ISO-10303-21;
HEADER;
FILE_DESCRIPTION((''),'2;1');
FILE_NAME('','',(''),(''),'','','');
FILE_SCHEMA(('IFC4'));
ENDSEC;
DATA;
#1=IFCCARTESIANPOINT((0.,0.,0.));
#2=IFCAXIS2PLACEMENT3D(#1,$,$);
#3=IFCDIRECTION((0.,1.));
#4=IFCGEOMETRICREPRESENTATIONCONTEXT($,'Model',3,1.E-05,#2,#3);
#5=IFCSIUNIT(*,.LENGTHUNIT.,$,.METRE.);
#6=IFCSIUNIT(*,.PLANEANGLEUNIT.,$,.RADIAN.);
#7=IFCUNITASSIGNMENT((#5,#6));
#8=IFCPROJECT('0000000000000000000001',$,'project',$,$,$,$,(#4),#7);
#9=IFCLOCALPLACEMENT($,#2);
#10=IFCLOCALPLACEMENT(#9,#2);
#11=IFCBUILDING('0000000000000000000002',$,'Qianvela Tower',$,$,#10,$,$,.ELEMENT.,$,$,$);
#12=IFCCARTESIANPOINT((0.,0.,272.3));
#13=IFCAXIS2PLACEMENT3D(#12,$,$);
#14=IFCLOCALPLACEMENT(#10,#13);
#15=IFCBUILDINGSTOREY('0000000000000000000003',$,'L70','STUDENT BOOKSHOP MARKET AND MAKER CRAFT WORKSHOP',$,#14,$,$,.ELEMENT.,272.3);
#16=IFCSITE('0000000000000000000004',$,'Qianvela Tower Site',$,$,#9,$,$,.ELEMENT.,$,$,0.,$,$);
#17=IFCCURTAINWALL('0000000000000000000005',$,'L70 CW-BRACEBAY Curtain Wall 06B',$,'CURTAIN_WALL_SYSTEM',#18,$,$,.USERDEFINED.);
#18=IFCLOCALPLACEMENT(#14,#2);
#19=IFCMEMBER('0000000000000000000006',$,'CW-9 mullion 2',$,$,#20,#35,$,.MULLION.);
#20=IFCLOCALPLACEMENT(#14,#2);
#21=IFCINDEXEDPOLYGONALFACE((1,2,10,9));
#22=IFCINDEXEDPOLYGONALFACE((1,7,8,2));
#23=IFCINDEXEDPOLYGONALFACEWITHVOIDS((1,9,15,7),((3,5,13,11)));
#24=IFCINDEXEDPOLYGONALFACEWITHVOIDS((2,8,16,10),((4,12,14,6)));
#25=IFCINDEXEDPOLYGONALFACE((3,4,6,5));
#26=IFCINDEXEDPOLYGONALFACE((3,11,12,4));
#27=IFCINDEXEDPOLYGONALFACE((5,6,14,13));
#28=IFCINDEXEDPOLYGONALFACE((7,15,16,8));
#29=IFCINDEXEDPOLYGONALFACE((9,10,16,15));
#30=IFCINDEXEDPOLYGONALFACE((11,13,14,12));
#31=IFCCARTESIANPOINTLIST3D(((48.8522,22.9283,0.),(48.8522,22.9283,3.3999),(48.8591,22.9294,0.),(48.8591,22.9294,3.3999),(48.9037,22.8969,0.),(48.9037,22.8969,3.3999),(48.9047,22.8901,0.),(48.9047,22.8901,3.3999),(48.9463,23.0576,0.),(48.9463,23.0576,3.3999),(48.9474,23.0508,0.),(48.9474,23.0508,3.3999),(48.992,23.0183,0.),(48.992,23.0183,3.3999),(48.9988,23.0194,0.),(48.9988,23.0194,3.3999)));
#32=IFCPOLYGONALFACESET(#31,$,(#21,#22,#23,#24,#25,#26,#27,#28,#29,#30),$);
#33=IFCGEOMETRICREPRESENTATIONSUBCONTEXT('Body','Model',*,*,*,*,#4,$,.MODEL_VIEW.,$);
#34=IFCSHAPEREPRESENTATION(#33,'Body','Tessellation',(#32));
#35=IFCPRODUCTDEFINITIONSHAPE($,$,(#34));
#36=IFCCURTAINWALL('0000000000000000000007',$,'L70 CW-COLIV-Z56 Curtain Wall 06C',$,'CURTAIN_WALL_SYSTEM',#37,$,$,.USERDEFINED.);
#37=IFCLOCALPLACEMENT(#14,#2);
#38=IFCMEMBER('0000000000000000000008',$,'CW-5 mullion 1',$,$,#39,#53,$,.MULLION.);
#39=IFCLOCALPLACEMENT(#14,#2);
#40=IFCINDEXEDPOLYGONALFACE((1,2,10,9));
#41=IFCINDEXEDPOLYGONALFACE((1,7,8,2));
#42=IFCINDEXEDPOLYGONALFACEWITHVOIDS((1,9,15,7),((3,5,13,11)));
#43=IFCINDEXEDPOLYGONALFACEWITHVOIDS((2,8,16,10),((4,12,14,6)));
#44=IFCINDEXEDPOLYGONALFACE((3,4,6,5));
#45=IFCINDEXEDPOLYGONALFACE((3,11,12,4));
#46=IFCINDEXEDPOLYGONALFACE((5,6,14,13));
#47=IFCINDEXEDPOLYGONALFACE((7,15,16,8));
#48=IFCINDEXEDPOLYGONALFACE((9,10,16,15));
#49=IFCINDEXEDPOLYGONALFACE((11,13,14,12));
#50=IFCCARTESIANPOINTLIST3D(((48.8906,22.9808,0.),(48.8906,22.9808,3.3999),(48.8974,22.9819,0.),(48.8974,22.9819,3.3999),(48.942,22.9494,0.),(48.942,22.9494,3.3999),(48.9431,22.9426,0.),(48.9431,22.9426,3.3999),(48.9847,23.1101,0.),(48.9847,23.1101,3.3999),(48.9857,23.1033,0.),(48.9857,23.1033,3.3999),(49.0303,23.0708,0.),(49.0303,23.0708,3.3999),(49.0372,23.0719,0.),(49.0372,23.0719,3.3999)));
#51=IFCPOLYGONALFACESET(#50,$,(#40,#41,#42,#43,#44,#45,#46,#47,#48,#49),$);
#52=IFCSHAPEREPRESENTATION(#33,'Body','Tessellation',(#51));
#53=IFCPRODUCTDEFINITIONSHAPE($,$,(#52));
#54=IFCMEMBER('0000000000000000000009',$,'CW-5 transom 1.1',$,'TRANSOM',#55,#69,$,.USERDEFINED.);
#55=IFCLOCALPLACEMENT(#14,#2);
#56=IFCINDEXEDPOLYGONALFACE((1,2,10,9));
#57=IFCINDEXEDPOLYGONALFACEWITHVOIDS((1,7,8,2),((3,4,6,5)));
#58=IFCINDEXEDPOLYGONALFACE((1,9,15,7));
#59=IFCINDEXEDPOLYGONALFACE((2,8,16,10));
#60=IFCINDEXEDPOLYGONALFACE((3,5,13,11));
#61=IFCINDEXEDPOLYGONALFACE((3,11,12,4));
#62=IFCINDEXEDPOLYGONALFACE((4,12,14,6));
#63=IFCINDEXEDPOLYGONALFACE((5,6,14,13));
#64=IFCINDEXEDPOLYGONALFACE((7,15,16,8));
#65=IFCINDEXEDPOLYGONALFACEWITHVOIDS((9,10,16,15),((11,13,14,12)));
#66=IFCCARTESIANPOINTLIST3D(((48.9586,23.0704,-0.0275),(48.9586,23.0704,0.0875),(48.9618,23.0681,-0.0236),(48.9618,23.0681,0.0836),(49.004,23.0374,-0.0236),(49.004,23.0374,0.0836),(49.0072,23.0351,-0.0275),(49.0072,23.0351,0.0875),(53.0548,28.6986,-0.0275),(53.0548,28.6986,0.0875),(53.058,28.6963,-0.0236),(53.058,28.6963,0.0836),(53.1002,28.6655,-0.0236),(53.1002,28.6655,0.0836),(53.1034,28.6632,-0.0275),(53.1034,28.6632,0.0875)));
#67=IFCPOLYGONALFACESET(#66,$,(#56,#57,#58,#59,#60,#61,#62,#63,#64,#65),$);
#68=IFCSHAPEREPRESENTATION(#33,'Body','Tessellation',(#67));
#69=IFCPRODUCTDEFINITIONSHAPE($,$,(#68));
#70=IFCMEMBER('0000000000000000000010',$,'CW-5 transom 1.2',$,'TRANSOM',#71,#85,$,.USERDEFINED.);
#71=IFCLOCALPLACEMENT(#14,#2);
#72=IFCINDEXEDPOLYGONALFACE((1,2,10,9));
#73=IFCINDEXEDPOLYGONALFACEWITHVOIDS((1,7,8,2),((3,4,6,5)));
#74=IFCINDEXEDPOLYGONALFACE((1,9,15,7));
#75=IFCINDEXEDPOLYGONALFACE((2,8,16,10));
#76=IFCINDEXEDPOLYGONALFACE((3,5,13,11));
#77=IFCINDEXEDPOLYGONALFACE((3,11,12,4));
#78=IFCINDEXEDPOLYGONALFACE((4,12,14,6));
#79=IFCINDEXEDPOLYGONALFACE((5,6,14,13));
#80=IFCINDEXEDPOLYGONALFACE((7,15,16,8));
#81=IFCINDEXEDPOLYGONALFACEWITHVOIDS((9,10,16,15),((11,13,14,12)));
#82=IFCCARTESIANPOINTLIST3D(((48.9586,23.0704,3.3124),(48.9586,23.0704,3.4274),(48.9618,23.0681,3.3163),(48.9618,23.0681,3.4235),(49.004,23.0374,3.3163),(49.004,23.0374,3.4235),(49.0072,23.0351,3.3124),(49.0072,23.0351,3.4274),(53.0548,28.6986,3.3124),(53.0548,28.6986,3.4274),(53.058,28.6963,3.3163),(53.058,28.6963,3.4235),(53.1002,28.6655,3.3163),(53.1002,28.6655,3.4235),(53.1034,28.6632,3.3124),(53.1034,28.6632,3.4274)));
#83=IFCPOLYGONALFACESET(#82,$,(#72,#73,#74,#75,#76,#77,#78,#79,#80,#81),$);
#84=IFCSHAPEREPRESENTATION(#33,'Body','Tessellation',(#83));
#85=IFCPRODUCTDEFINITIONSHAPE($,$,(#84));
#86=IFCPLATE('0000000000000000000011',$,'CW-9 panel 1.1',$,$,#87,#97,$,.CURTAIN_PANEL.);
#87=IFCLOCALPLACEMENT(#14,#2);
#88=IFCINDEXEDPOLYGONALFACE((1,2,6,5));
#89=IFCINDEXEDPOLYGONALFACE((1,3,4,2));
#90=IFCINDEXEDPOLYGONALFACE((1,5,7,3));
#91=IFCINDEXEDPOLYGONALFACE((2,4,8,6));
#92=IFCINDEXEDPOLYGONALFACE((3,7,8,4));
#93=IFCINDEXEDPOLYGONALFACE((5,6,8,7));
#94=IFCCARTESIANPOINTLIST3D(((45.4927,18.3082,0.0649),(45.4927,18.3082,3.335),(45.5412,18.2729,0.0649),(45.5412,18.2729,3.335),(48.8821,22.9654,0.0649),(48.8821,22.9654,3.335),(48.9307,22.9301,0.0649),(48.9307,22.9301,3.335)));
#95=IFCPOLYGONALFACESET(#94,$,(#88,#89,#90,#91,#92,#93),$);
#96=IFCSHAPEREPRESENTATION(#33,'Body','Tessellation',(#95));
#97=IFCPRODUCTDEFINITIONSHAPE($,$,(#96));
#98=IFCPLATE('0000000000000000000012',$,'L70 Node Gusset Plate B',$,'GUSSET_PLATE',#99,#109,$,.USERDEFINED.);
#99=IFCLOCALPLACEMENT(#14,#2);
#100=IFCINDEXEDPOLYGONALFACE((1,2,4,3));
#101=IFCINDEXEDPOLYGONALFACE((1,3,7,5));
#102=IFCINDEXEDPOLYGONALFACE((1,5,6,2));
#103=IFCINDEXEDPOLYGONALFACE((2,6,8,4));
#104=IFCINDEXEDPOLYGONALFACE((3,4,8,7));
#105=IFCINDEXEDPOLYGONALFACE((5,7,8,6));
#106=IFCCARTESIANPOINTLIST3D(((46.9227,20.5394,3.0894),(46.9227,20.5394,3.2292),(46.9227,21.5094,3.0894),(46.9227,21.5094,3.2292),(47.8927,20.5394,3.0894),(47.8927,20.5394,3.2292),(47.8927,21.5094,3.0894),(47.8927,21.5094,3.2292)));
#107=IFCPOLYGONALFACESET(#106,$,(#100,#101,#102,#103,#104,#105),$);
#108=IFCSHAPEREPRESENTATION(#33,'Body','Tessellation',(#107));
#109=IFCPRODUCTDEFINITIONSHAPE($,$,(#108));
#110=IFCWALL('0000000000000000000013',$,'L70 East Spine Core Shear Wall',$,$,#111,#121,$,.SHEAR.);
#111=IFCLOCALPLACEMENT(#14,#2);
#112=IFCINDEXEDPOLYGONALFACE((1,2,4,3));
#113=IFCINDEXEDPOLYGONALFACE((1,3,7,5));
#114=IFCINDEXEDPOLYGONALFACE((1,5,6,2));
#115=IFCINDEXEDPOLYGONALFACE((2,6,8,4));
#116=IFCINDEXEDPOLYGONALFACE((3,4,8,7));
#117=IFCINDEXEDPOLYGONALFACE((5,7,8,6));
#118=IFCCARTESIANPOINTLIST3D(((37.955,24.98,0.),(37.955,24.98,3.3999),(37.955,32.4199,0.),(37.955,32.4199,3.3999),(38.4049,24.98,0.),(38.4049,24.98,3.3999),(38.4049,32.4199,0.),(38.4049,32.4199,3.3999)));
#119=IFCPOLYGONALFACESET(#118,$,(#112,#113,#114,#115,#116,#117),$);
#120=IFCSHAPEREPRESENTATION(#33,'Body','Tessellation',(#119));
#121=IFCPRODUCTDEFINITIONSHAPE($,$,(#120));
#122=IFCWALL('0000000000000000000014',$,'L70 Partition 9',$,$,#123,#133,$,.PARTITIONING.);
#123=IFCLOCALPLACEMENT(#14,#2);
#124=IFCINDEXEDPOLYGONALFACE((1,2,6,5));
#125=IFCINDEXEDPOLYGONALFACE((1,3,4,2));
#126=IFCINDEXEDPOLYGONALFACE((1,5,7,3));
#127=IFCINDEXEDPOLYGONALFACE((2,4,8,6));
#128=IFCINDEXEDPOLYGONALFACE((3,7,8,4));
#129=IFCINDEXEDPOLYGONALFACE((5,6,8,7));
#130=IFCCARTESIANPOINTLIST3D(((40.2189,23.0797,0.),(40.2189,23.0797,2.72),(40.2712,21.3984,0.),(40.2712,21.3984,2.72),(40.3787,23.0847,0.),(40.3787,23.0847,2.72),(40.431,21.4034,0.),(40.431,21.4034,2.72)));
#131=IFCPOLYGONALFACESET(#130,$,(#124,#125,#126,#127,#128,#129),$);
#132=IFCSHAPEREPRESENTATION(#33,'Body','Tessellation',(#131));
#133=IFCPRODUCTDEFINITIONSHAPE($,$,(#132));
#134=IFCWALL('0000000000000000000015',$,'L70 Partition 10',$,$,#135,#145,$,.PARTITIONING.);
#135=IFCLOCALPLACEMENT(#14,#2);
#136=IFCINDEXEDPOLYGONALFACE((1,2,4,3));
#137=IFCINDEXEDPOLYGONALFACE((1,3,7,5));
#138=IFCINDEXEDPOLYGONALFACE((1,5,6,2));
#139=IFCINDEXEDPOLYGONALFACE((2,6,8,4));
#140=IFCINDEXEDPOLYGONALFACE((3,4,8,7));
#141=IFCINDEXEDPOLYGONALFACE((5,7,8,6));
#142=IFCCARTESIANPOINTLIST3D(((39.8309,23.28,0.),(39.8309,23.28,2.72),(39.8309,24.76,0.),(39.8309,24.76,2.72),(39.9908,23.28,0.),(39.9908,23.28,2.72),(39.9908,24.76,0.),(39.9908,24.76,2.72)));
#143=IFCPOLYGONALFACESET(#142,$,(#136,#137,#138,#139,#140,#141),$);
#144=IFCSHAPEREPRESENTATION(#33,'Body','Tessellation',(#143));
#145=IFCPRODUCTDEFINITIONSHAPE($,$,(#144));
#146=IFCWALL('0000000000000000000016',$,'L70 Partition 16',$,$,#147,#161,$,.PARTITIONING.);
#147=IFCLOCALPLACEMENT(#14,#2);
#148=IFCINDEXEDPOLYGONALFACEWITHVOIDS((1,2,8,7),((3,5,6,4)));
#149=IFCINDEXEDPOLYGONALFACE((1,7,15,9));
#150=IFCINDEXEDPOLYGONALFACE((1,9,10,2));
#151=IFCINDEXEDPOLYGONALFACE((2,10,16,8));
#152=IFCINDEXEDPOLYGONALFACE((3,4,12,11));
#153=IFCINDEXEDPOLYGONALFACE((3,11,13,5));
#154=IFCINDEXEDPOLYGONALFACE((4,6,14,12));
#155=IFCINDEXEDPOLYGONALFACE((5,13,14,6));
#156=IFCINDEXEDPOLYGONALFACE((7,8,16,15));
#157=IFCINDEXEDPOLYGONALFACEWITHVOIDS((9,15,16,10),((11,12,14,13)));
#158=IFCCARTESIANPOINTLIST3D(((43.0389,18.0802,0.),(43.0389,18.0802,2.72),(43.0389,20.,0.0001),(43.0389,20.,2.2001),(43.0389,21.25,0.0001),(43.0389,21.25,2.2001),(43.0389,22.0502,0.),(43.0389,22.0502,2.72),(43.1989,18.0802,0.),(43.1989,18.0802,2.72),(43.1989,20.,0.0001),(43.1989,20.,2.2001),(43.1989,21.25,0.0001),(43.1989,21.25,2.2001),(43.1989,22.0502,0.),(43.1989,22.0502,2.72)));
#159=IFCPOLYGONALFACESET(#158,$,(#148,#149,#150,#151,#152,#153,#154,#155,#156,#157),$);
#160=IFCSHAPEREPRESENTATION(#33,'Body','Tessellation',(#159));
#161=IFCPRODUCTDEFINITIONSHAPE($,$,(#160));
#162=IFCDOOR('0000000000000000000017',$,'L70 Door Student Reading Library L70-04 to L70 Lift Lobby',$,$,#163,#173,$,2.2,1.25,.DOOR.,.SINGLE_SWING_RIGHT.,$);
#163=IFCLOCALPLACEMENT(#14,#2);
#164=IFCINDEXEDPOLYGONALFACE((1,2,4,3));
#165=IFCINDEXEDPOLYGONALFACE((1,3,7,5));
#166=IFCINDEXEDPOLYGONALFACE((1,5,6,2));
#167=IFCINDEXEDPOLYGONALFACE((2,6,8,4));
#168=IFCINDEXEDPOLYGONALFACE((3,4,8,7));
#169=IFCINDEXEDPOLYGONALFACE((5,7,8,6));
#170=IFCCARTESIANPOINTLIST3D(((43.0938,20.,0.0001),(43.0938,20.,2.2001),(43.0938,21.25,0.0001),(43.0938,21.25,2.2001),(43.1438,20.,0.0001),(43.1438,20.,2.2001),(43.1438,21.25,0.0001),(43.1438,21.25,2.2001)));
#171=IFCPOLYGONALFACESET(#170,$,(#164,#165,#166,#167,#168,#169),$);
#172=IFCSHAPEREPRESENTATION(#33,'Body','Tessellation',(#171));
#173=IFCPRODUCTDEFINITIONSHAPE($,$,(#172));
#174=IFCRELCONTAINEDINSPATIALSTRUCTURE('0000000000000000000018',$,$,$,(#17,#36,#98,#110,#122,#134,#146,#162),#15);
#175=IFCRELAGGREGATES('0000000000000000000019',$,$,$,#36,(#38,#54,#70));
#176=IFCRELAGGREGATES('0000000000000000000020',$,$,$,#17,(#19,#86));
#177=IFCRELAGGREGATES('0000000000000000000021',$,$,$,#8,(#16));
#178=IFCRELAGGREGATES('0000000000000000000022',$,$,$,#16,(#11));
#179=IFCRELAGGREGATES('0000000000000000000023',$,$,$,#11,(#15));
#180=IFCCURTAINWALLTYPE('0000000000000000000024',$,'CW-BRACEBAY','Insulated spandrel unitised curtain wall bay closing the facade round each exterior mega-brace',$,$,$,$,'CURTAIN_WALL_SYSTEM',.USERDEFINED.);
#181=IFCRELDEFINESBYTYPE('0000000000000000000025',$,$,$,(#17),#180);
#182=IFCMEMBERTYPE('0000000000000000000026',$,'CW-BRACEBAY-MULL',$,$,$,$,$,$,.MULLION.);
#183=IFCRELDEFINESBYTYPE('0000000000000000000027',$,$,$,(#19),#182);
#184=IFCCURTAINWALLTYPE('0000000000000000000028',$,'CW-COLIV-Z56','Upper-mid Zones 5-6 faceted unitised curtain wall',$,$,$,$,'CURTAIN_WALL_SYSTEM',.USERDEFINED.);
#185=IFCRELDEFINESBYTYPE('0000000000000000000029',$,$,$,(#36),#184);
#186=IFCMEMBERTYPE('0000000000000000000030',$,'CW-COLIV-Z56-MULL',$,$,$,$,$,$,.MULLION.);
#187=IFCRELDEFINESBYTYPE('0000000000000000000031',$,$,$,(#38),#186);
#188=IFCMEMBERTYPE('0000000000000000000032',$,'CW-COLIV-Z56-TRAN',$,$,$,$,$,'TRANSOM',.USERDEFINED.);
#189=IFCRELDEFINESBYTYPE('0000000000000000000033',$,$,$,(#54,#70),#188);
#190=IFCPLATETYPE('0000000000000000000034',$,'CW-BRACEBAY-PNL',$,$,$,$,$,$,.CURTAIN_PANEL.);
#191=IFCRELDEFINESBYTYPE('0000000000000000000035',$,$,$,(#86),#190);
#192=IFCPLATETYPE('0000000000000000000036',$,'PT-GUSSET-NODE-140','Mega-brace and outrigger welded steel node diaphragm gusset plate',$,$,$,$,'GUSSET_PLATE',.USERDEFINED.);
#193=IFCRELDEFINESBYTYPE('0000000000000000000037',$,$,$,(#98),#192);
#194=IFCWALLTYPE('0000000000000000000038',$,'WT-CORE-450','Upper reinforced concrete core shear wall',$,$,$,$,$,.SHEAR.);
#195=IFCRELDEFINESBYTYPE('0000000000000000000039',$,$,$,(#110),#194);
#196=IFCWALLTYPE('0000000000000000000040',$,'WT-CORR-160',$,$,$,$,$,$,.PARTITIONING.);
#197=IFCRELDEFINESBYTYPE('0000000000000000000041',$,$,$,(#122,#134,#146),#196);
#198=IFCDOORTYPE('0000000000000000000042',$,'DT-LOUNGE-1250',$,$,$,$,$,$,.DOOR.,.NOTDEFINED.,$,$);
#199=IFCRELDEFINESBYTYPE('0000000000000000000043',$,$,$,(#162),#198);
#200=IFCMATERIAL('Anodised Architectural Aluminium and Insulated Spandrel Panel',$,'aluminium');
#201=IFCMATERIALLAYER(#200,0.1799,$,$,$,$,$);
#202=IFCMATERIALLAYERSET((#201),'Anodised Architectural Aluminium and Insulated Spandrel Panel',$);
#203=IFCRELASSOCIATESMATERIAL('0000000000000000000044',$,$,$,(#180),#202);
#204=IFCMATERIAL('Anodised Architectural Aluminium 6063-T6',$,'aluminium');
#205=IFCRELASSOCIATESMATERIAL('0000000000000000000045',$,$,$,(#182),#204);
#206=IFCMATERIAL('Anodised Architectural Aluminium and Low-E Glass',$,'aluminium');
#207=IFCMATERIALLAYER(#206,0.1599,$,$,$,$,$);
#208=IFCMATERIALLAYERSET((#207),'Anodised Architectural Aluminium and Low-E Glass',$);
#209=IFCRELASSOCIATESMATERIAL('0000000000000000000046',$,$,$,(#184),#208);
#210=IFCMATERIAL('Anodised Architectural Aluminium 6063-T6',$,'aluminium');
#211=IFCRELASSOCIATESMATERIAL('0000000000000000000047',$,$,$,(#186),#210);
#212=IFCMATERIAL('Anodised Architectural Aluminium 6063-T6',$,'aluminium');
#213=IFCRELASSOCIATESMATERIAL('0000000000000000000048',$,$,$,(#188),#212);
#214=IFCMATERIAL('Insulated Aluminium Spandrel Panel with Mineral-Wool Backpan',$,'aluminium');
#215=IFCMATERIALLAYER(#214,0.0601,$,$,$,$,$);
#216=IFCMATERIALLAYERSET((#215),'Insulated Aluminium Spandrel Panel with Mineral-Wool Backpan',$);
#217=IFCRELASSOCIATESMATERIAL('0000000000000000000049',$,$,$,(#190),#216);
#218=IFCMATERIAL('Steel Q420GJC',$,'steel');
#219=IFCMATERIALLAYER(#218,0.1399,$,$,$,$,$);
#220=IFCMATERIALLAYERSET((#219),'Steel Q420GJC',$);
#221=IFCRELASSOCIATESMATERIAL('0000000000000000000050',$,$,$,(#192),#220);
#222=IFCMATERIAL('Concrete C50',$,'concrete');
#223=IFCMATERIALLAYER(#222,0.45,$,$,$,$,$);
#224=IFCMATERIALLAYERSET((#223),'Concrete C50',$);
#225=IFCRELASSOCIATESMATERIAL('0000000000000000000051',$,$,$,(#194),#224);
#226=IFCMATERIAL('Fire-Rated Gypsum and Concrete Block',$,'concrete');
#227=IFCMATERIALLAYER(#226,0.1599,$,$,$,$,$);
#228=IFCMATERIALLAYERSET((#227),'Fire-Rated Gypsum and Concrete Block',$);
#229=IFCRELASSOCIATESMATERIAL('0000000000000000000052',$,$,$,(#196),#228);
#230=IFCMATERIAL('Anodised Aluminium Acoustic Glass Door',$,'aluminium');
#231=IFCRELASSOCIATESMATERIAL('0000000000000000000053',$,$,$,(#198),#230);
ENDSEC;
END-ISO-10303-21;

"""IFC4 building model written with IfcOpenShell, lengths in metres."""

from ifc_helpers import new_model, si_unit, direction, frame, frame_2d, origin, origin_2d, place, context, subcontext, project, spatial, rectangle, hollow_rectangle, extrude, material, layer, layer_set, material_profile, profile_set, type_object, element, fill, aggregate, save


model = new_model("IFC4")

# Units and contexts
model_context = context("Model", 3, precision=1e-05, world=origin(), true_north=direction((0.0, 1.0)))
body_context = subcontext(model_context, "Body", "Model", "MODEL_VIEW")
ifc_project = project(units=[si_unit("LENGTHUNIT", "METRE"), si_unit("PLANEANGLEUNIT", "RADIAN")], contexts=[model_context])

# Site, building, storey
site_placement = place(None, origin())
site = spatial("IfcSite", under=ifc_project, at=site_placement, Name="Qianvela Tower Site", CompositionType="ELEMENT", RefElevation=0.0)
building_placement = place(site_placement, origin())
building = spatial("IfcBuilding", under=site, at=building_placement, Name="Qianvela Tower", CompositionType="ELEMENT")
storey_placement = place(building_placement, frame((0.0, 0.0, 272.3)))
storey = spatial("IfcBuildingStorey", under=building, at=storey_placement, Name="L70", Description="STUDENT BOOKSHOP MARKET AND MAKER CRAFT WORKSHOP", CompositionType="ELEMENT", Elevation=272.3)

# Curtain wall, member
ifc_material_1 = material(Name="Anodised Architectural Aluminium and Insulated Spandrel Panel", Category="aluminium")
ifc_layer_1 = layer(ifc_material_1, 0.1799)
ifc_layer_set_1 = layer_set([ifc_layer_1], Name="Anodised Architectural Aluminium and Insulated Spandrel Panel")
curtain_wall_type_1 = type_object("IfcCurtainWallType", Name="CW-BRACEBAY", Description="Insulated spandrel unitised curtain wall bay closing the facade round each exterior mega-brace", ElementType="CURTAIN_WALL_SYSTEM", PredefinedType="USERDEFINED", material=ifc_layer_set_1)
curtain_wall_1_placement = place(storey_placement, origin())
curtain_wall_1 = element("IfcCurtainWall", 1, at=curtain_wall_1_placement, inside=storey, type_object=curtain_wall_type_1, Name="L70 CW-BRACEBAY Curtain Wall 06B", ObjectType="CURTAIN_WALL_SYSTEM", PredefinedType="USERDEFINED")
ifc_material_2 = material(Name="Anodised Architectural Aluminium 6063-T6", Category="aluminium")
ifc_material_profile_1 = material_profile(ifc_material_2, hollow_rectangle(XDim=0.0649, YDim=0.1599, WallThickness=0.0049, at=origin_2d()), Name="ALU-MULL-65x160")
ifc_profile_set_1 = profile_set([ifc_material_profile_1], Name="Anodised Architectural Aluminium 6063-T6")
member_type_1 = type_object("IfcMemberType", Name="CW-BRACEBAY-MULL", PredefinedType="MULLION", material=ifc_profile_set_1)
member_1_placement = place(storey_placement, frame((48.9255, 22.9739, 0.0), z_axis=(0.0, 0.0, 1.0), x_axis=(-0.808541, 0.588439, 0.0)))
member_1 = element("IfcMember", 2, at=member_1_placement, type_object=member_type_1, Name="CW-9 mullion 2", PredefinedType="MULLION", context=body_context, shape_type="SweptSolid", body=[
    extrude(hollow_rectangle(XDim=0.0649, YDim=0.1599, WallThickness=0.0049, at=origin_2d()), origin(), (0.0, 0.0, 1.0), 3.3999),
])

# Curtain wall, members
ifc_material_3 = material(Name="Anodised Architectural Aluminium and Low-E Glass", Category="aluminium")
ifc_layer_2 = layer(ifc_material_3, 0.1599)
ifc_layer_set_2 = layer_set([ifc_layer_2], Name="Anodised Architectural Aluminium and Low-E Glass")
curtain_wall_type_2 = type_object("IfcCurtainWallType", Name="CW-COLIV-Z56", Description="Upper-mid Zones 5-6 faceted unitised curtain wall", ElementType="CURTAIN_WALL_SYSTEM", PredefinedType="USERDEFINED", material=ifc_layer_set_2)
curtain_wall_2_placement = place(storey_placement, origin())
curtain_wall_2 = element("IfcCurtainWall", 3, at=curtain_wall_2_placement, inside=storey, type_object=curtain_wall_type_2, Name="L70 CW-COLIV-Z56 Curtain Wall 06C", ObjectType="CURTAIN_WALL_SYSTEM", PredefinedType="USERDEFINED")
ifc_material_4 = material(Name="Anodised Architectural Aluminium 6063-T6", Category="aluminium")
ifc_material_profile_2 = material_profile(ifc_material_4, hollow_rectangle(XDim=0.0649, YDim=0.1599, WallThickness=0.0049, at=origin_2d()), Name="ALU-MULL-65x160")
ifc_profile_set_2 = profile_set([ifc_material_profile_2], Name="Anodised Architectural Aluminium 6063-T6")
member_type_2 = type_object("IfcMemberType", Name="CW-COLIV-Z56-MULL", PredefinedType="MULLION", material=ifc_profile_set_2)
member_2_placement = place(storey_placement, frame((48.9639, 23.0264, 0.0), z_axis=(0.0, 0.0, 1.0), x_axis=(-0.808534, 0.58845, 0.0)))
member_2 = element("IfcMember", 4, at=member_2_placement, type_object=member_type_2, Name="CW-5 mullion 1", PredefinedType="MULLION", context=body_context, shape_type="SweptSolid", body=[
    extrude(hollow_rectangle(XDim=0.0649, YDim=0.1599, WallThickness=0.0049, at=origin_2d()), origin(), (0.0, 0.0, 1.0), 3.3999),
])
ifc_material_5 = material(Name="Anodised Architectural Aluminium 6063-T6", Category="aluminium")
ifc_material_profile_3 = material_profile(ifc_material_5, hollow_rectangle(XDim=0.0601, YDim=0.115, WallThickness=0.0039, at=origin_2d()), Name="ALU-TRAN-60x115")
ifc_profile_set_3 = profile_set([ifc_material_profile_3], Name="Anodised Architectural Aluminium 6063-T6")
member_type_3 = type_object("IfcMemberType", Name="CW-COLIV-Z56-TRAN", ElementType="TRANSOM", PredefinedType="USERDEFINED", material=ifc_profile_set_3)
member_3_placement = place(storey_placement, frame((48.9829, 23.0527, 0.03), z_axis=(0.588451, 0.808533, 0.0), x_axis=(-0.808533, 0.588451, 0.0)))
member_3 = element("IfcMember", 5, at=member_3_placement, type_object=member_type_3, Name="CW-5 transom 1.1", ObjectType="TRANSOM", PredefinedType="USERDEFINED", context=body_context, shape_type="SweptSolid", body=[
    extrude(hollow_rectangle(XDim=0.0601, YDim=0.115, WallThickness=0.0039, at=origin_2d()), origin(), (0.0, 0.0, 1.0), 6.9609),
])
member_4_placement = place(storey_placement, frame((48.9829, 23.0527, 3.3699), z_axis=(0.588451, 0.808533, 0.0), x_axis=(-0.808533, 0.588451, 0.0)))
member_4 = element("IfcMember", 6, at=member_4_placement, type_object=member_type_3, Name="CW-5 transom 1.2", ObjectType="TRANSOM", PredefinedType="USERDEFINED", context=body_context, shape_type="SweptSolid", body=[
    extrude(hollow_rectangle(XDim=0.0601, YDim=0.115, WallThickness=0.0039, at=origin_2d()), origin(), (0.0, 0.0, 1.0), 6.9609),
])
aggregate(curtain_wall_2, [member_2, member_3, member_4])

# Plates
ifc_material_6 = material(Name="Insulated Aluminium Spandrel Panel with Mineral-Wool Backpan", Category="aluminium")
ifc_layer_3 = layer(ifc_material_6, 0.0601)
ifc_layer_set_3 = layer_set([ifc_layer_3], Name="Insulated Aluminium Spandrel Panel with Mineral-Wool Backpan")
plate_type_1 = type_object("IfcPlateType", Name="CW-BRACEBAY-PNL", PredefinedType="CURTAIN_PANEL", material=ifc_layer_set_3)
plate_1_placement = place(storey_placement, frame((47.2117, 20.6191, 0.0649), z_axis=(0.0, 0.0, 1.0), x_axis=(0.588439, 0.808541, 0.0)))
plate_1 = element("IfcPlate", 7, at=plate_1_placement, type_object=plate_type_1, Name="CW-9 panel 1.1", PredefinedType="CURTAIN_PANEL", context=body_context, shape_type="SweptSolid", body=[
    extrude(rectangle(XDim=5.76, YDim=0.0601, at=origin_2d()), origin(), (0.0, 0.0, 1.0), 3.27),
])
aggregate(curtain_wall_1, [member_1, plate_1])
ifc_material_7 = material(Name="Steel Q420GJC", Category="steel")
ifc_layer_4 = layer(ifc_material_7, 0.1399)
ifc_layer_set_4 = layer_set([ifc_layer_4], Name="Steel Q420GJC")
plate_type_2 = type_object("IfcPlateType", Name="PT-GUSSET-NODE-140", Description="Mega-brace and outrigger welded steel node diaphragm gusset plate", ElementType="GUSSET_PLATE", PredefinedType="USERDEFINED", material=ifc_layer_set_4)
plate_2_placement = place(storey_placement, frame((47.4077, 21.0244, 3.0894), z_axis=(0.0, 0.0, 1.0), x_axis=(1.0, 0.0, 0.0)))
element("IfcPlate", 8, at=plate_2_placement, inside=storey, type_object=plate_type_2, Name="L70 Node Gusset Plate B", ObjectType="GUSSET_PLATE", PredefinedType="USERDEFINED", context=body_context, shape_type="SweptSolid", body=[
    extrude(rectangle(XDim=0.97, YDim=0.97, at=origin_2d()), origin(), (0.0, 0.0, 1.0), 0.1399),
])

# Walls
ifc_material_8 = material(Name="Concrete C50", Category="concrete")
ifc_layer_5 = layer(ifc_material_8, 0.45)
ifc_layer_set_5 = layer_set([ifc_layer_5], Name="Concrete C50")
wall_type_1 = type_object("IfcWallType", Name="WT-CORE-450", Description="Upper reinforced concrete core shear wall", PredefinedType="SHEAR", material=ifc_layer_set_5)
wall_1_placement = place(storey_placement, frame((38.1799, 24.98, 0.0), z_axis=(0.0, 0.0, 1.0), x_axis=(0.0, 1.0, 0.0)))
element("IfcWall", 9, at=wall_1_placement, inside=storey, type_object=wall_type_1, Name="L70 East Spine Core Shear Wall", PredefinedType="SHEAR", context=body_context, shape_type="SweptSolid", body=[
    extrude(rectangle(XDim=7.4399, YDim=0.45, at=frame_2d((3.72, 0.0))), origin(), (0.0, 0.0, 1.0), 3.3999),
])
ifc_material_9 = material(Name="Fire-Rated Gypsum and Concrete Block", Category="concrete")
ifc_layer_6 = layer(ifc_material_9, 0.1599)
ifc_layer_set_6 = layer_set([ifc_layer_6], Name="Fire-Rated Gypsum and Concrete Block")
wall_type_2 = type_object("IfcWallType", Name="WT-CORR-160", PredefinedType="PARTITIONING", material=ifc_layer_set_6)
wall_2_placement = place(storey_placement, frame((40.3511, 21.4009, 0.0), z_axis=(0.0, 0.0, 1.0), x_axis=(-0.031058, 0.999518, 0.0)))
element("IfcWall", 10, at=wall_2_placement, inside=storey, type_object=wall_type_2, Name="L70 Partition 9", PredefinedType="PARTITIONING", context=body_context, shape_type="SweptSolid", body=[
    extrude(rectangle(XDim=1.6821, YDim=0.1599, at=frame_2d((0.8411, 0.0))), origin(), (0.0, 0.0, 1.0), 2.72),
])
wall_3_placement = place(storey_placement, frame((39.9109, 23.28, 0.0), z_axis=(0.0, 0.0, 1.0), x_axis=(0.0, 1.0, 0.0)))
element("IfcWall", 11, at=wall_3_placement, inside=storey, type_object=wall_type_2, Name="L70 Partition 10", PredefinedType="PARTITIONING", context=body_context, shape_type="SweptSolid", body=[
    extrude(rectangle(XDim=1.48, YDim=0.1599, at=frame_2d((0.74, 0.0))), origin(), (0.0, 0.0, 1.0), 2.72),
])

# Wall, opening, door
wall_4_placement = place(storey_placement, frame((43.1189, 22.05, 0.0), z_axis=(0.0, 0.0, 1.0), x_axis=(0.0, -1.0, 0.0)))
wall_4 = element("IfcWall", 12, at=wall_4_placement, inside=storey, type_object=wall_type_2, Name="L70 Partition 16", PredefinedType="PARTITIONING", context=body_context, shape_type="SweptSolid", body=[
    extrude(rectangle(XDim=3.97, YDim=0.1599, at=frame_2d((1.9849, 0.0))), origin(), (0.0, 0.0, 1.0), 2.72),
])
opening_1_placement = place(wall_4_placement, frame((0.8, 0.0, 0.0)))
opening_1 = element("IfcOpeningElement", 13, at=opening_1_placement, cuts=wall_4, PredefinedType="OPENING", context=body_context, shape_type="SweptSolid", body=[
    extrude(rectangle(XDim=1.25, YDim=2.2, at=frame_2d((0.625, 1.1001))), frame((0.0, 0.0898, 0.0), z_axis=(0.0, -1.0, 0.0), x_axis=(1.0, 0.0, 0.0)), (0.0, 0.0, 1.0), 0.1799),
])
ifc_material_10 = material(Name="Anodised Aluminium Acoustic Glass Door", Category="aluminium")
door_type_1 = type_object("IfcDoorType", Name="DT-LOUNGE-1250", OperationType="NOTDEFINED", PredefinedType="DOOR", material=ifc_material_10)
door_1_placement = place(opening_1_placement, origin())
door_1 = element("IfcDoor", 14, at=door_1_placement, inside=storey, type_object=door_type_1, Name="L70 Door Student Reading Library L70-04 to L70 Lift Lobby", OperationType="SINGLE_SWING_RIGHT", OverallHeight=2.2, OverallWidth=1.25, PredefinedType="DOOR", context=body_context, shape_type="SweptSolid", body=[
    extrude(rectangle(XDim=1.25, YDim=2.2, at=frame_2d((0.625, 1.1001))), frame((0.0, 0.0249, 0.0), z_axis=(0.0, -1.0, 0.0), x_axis=(1.0, 0.0, 0.0)), (0.0, 0.0, 1.0), 0.05),
])
fill(opening_1, door_1)

save(model, "model.ifc")
